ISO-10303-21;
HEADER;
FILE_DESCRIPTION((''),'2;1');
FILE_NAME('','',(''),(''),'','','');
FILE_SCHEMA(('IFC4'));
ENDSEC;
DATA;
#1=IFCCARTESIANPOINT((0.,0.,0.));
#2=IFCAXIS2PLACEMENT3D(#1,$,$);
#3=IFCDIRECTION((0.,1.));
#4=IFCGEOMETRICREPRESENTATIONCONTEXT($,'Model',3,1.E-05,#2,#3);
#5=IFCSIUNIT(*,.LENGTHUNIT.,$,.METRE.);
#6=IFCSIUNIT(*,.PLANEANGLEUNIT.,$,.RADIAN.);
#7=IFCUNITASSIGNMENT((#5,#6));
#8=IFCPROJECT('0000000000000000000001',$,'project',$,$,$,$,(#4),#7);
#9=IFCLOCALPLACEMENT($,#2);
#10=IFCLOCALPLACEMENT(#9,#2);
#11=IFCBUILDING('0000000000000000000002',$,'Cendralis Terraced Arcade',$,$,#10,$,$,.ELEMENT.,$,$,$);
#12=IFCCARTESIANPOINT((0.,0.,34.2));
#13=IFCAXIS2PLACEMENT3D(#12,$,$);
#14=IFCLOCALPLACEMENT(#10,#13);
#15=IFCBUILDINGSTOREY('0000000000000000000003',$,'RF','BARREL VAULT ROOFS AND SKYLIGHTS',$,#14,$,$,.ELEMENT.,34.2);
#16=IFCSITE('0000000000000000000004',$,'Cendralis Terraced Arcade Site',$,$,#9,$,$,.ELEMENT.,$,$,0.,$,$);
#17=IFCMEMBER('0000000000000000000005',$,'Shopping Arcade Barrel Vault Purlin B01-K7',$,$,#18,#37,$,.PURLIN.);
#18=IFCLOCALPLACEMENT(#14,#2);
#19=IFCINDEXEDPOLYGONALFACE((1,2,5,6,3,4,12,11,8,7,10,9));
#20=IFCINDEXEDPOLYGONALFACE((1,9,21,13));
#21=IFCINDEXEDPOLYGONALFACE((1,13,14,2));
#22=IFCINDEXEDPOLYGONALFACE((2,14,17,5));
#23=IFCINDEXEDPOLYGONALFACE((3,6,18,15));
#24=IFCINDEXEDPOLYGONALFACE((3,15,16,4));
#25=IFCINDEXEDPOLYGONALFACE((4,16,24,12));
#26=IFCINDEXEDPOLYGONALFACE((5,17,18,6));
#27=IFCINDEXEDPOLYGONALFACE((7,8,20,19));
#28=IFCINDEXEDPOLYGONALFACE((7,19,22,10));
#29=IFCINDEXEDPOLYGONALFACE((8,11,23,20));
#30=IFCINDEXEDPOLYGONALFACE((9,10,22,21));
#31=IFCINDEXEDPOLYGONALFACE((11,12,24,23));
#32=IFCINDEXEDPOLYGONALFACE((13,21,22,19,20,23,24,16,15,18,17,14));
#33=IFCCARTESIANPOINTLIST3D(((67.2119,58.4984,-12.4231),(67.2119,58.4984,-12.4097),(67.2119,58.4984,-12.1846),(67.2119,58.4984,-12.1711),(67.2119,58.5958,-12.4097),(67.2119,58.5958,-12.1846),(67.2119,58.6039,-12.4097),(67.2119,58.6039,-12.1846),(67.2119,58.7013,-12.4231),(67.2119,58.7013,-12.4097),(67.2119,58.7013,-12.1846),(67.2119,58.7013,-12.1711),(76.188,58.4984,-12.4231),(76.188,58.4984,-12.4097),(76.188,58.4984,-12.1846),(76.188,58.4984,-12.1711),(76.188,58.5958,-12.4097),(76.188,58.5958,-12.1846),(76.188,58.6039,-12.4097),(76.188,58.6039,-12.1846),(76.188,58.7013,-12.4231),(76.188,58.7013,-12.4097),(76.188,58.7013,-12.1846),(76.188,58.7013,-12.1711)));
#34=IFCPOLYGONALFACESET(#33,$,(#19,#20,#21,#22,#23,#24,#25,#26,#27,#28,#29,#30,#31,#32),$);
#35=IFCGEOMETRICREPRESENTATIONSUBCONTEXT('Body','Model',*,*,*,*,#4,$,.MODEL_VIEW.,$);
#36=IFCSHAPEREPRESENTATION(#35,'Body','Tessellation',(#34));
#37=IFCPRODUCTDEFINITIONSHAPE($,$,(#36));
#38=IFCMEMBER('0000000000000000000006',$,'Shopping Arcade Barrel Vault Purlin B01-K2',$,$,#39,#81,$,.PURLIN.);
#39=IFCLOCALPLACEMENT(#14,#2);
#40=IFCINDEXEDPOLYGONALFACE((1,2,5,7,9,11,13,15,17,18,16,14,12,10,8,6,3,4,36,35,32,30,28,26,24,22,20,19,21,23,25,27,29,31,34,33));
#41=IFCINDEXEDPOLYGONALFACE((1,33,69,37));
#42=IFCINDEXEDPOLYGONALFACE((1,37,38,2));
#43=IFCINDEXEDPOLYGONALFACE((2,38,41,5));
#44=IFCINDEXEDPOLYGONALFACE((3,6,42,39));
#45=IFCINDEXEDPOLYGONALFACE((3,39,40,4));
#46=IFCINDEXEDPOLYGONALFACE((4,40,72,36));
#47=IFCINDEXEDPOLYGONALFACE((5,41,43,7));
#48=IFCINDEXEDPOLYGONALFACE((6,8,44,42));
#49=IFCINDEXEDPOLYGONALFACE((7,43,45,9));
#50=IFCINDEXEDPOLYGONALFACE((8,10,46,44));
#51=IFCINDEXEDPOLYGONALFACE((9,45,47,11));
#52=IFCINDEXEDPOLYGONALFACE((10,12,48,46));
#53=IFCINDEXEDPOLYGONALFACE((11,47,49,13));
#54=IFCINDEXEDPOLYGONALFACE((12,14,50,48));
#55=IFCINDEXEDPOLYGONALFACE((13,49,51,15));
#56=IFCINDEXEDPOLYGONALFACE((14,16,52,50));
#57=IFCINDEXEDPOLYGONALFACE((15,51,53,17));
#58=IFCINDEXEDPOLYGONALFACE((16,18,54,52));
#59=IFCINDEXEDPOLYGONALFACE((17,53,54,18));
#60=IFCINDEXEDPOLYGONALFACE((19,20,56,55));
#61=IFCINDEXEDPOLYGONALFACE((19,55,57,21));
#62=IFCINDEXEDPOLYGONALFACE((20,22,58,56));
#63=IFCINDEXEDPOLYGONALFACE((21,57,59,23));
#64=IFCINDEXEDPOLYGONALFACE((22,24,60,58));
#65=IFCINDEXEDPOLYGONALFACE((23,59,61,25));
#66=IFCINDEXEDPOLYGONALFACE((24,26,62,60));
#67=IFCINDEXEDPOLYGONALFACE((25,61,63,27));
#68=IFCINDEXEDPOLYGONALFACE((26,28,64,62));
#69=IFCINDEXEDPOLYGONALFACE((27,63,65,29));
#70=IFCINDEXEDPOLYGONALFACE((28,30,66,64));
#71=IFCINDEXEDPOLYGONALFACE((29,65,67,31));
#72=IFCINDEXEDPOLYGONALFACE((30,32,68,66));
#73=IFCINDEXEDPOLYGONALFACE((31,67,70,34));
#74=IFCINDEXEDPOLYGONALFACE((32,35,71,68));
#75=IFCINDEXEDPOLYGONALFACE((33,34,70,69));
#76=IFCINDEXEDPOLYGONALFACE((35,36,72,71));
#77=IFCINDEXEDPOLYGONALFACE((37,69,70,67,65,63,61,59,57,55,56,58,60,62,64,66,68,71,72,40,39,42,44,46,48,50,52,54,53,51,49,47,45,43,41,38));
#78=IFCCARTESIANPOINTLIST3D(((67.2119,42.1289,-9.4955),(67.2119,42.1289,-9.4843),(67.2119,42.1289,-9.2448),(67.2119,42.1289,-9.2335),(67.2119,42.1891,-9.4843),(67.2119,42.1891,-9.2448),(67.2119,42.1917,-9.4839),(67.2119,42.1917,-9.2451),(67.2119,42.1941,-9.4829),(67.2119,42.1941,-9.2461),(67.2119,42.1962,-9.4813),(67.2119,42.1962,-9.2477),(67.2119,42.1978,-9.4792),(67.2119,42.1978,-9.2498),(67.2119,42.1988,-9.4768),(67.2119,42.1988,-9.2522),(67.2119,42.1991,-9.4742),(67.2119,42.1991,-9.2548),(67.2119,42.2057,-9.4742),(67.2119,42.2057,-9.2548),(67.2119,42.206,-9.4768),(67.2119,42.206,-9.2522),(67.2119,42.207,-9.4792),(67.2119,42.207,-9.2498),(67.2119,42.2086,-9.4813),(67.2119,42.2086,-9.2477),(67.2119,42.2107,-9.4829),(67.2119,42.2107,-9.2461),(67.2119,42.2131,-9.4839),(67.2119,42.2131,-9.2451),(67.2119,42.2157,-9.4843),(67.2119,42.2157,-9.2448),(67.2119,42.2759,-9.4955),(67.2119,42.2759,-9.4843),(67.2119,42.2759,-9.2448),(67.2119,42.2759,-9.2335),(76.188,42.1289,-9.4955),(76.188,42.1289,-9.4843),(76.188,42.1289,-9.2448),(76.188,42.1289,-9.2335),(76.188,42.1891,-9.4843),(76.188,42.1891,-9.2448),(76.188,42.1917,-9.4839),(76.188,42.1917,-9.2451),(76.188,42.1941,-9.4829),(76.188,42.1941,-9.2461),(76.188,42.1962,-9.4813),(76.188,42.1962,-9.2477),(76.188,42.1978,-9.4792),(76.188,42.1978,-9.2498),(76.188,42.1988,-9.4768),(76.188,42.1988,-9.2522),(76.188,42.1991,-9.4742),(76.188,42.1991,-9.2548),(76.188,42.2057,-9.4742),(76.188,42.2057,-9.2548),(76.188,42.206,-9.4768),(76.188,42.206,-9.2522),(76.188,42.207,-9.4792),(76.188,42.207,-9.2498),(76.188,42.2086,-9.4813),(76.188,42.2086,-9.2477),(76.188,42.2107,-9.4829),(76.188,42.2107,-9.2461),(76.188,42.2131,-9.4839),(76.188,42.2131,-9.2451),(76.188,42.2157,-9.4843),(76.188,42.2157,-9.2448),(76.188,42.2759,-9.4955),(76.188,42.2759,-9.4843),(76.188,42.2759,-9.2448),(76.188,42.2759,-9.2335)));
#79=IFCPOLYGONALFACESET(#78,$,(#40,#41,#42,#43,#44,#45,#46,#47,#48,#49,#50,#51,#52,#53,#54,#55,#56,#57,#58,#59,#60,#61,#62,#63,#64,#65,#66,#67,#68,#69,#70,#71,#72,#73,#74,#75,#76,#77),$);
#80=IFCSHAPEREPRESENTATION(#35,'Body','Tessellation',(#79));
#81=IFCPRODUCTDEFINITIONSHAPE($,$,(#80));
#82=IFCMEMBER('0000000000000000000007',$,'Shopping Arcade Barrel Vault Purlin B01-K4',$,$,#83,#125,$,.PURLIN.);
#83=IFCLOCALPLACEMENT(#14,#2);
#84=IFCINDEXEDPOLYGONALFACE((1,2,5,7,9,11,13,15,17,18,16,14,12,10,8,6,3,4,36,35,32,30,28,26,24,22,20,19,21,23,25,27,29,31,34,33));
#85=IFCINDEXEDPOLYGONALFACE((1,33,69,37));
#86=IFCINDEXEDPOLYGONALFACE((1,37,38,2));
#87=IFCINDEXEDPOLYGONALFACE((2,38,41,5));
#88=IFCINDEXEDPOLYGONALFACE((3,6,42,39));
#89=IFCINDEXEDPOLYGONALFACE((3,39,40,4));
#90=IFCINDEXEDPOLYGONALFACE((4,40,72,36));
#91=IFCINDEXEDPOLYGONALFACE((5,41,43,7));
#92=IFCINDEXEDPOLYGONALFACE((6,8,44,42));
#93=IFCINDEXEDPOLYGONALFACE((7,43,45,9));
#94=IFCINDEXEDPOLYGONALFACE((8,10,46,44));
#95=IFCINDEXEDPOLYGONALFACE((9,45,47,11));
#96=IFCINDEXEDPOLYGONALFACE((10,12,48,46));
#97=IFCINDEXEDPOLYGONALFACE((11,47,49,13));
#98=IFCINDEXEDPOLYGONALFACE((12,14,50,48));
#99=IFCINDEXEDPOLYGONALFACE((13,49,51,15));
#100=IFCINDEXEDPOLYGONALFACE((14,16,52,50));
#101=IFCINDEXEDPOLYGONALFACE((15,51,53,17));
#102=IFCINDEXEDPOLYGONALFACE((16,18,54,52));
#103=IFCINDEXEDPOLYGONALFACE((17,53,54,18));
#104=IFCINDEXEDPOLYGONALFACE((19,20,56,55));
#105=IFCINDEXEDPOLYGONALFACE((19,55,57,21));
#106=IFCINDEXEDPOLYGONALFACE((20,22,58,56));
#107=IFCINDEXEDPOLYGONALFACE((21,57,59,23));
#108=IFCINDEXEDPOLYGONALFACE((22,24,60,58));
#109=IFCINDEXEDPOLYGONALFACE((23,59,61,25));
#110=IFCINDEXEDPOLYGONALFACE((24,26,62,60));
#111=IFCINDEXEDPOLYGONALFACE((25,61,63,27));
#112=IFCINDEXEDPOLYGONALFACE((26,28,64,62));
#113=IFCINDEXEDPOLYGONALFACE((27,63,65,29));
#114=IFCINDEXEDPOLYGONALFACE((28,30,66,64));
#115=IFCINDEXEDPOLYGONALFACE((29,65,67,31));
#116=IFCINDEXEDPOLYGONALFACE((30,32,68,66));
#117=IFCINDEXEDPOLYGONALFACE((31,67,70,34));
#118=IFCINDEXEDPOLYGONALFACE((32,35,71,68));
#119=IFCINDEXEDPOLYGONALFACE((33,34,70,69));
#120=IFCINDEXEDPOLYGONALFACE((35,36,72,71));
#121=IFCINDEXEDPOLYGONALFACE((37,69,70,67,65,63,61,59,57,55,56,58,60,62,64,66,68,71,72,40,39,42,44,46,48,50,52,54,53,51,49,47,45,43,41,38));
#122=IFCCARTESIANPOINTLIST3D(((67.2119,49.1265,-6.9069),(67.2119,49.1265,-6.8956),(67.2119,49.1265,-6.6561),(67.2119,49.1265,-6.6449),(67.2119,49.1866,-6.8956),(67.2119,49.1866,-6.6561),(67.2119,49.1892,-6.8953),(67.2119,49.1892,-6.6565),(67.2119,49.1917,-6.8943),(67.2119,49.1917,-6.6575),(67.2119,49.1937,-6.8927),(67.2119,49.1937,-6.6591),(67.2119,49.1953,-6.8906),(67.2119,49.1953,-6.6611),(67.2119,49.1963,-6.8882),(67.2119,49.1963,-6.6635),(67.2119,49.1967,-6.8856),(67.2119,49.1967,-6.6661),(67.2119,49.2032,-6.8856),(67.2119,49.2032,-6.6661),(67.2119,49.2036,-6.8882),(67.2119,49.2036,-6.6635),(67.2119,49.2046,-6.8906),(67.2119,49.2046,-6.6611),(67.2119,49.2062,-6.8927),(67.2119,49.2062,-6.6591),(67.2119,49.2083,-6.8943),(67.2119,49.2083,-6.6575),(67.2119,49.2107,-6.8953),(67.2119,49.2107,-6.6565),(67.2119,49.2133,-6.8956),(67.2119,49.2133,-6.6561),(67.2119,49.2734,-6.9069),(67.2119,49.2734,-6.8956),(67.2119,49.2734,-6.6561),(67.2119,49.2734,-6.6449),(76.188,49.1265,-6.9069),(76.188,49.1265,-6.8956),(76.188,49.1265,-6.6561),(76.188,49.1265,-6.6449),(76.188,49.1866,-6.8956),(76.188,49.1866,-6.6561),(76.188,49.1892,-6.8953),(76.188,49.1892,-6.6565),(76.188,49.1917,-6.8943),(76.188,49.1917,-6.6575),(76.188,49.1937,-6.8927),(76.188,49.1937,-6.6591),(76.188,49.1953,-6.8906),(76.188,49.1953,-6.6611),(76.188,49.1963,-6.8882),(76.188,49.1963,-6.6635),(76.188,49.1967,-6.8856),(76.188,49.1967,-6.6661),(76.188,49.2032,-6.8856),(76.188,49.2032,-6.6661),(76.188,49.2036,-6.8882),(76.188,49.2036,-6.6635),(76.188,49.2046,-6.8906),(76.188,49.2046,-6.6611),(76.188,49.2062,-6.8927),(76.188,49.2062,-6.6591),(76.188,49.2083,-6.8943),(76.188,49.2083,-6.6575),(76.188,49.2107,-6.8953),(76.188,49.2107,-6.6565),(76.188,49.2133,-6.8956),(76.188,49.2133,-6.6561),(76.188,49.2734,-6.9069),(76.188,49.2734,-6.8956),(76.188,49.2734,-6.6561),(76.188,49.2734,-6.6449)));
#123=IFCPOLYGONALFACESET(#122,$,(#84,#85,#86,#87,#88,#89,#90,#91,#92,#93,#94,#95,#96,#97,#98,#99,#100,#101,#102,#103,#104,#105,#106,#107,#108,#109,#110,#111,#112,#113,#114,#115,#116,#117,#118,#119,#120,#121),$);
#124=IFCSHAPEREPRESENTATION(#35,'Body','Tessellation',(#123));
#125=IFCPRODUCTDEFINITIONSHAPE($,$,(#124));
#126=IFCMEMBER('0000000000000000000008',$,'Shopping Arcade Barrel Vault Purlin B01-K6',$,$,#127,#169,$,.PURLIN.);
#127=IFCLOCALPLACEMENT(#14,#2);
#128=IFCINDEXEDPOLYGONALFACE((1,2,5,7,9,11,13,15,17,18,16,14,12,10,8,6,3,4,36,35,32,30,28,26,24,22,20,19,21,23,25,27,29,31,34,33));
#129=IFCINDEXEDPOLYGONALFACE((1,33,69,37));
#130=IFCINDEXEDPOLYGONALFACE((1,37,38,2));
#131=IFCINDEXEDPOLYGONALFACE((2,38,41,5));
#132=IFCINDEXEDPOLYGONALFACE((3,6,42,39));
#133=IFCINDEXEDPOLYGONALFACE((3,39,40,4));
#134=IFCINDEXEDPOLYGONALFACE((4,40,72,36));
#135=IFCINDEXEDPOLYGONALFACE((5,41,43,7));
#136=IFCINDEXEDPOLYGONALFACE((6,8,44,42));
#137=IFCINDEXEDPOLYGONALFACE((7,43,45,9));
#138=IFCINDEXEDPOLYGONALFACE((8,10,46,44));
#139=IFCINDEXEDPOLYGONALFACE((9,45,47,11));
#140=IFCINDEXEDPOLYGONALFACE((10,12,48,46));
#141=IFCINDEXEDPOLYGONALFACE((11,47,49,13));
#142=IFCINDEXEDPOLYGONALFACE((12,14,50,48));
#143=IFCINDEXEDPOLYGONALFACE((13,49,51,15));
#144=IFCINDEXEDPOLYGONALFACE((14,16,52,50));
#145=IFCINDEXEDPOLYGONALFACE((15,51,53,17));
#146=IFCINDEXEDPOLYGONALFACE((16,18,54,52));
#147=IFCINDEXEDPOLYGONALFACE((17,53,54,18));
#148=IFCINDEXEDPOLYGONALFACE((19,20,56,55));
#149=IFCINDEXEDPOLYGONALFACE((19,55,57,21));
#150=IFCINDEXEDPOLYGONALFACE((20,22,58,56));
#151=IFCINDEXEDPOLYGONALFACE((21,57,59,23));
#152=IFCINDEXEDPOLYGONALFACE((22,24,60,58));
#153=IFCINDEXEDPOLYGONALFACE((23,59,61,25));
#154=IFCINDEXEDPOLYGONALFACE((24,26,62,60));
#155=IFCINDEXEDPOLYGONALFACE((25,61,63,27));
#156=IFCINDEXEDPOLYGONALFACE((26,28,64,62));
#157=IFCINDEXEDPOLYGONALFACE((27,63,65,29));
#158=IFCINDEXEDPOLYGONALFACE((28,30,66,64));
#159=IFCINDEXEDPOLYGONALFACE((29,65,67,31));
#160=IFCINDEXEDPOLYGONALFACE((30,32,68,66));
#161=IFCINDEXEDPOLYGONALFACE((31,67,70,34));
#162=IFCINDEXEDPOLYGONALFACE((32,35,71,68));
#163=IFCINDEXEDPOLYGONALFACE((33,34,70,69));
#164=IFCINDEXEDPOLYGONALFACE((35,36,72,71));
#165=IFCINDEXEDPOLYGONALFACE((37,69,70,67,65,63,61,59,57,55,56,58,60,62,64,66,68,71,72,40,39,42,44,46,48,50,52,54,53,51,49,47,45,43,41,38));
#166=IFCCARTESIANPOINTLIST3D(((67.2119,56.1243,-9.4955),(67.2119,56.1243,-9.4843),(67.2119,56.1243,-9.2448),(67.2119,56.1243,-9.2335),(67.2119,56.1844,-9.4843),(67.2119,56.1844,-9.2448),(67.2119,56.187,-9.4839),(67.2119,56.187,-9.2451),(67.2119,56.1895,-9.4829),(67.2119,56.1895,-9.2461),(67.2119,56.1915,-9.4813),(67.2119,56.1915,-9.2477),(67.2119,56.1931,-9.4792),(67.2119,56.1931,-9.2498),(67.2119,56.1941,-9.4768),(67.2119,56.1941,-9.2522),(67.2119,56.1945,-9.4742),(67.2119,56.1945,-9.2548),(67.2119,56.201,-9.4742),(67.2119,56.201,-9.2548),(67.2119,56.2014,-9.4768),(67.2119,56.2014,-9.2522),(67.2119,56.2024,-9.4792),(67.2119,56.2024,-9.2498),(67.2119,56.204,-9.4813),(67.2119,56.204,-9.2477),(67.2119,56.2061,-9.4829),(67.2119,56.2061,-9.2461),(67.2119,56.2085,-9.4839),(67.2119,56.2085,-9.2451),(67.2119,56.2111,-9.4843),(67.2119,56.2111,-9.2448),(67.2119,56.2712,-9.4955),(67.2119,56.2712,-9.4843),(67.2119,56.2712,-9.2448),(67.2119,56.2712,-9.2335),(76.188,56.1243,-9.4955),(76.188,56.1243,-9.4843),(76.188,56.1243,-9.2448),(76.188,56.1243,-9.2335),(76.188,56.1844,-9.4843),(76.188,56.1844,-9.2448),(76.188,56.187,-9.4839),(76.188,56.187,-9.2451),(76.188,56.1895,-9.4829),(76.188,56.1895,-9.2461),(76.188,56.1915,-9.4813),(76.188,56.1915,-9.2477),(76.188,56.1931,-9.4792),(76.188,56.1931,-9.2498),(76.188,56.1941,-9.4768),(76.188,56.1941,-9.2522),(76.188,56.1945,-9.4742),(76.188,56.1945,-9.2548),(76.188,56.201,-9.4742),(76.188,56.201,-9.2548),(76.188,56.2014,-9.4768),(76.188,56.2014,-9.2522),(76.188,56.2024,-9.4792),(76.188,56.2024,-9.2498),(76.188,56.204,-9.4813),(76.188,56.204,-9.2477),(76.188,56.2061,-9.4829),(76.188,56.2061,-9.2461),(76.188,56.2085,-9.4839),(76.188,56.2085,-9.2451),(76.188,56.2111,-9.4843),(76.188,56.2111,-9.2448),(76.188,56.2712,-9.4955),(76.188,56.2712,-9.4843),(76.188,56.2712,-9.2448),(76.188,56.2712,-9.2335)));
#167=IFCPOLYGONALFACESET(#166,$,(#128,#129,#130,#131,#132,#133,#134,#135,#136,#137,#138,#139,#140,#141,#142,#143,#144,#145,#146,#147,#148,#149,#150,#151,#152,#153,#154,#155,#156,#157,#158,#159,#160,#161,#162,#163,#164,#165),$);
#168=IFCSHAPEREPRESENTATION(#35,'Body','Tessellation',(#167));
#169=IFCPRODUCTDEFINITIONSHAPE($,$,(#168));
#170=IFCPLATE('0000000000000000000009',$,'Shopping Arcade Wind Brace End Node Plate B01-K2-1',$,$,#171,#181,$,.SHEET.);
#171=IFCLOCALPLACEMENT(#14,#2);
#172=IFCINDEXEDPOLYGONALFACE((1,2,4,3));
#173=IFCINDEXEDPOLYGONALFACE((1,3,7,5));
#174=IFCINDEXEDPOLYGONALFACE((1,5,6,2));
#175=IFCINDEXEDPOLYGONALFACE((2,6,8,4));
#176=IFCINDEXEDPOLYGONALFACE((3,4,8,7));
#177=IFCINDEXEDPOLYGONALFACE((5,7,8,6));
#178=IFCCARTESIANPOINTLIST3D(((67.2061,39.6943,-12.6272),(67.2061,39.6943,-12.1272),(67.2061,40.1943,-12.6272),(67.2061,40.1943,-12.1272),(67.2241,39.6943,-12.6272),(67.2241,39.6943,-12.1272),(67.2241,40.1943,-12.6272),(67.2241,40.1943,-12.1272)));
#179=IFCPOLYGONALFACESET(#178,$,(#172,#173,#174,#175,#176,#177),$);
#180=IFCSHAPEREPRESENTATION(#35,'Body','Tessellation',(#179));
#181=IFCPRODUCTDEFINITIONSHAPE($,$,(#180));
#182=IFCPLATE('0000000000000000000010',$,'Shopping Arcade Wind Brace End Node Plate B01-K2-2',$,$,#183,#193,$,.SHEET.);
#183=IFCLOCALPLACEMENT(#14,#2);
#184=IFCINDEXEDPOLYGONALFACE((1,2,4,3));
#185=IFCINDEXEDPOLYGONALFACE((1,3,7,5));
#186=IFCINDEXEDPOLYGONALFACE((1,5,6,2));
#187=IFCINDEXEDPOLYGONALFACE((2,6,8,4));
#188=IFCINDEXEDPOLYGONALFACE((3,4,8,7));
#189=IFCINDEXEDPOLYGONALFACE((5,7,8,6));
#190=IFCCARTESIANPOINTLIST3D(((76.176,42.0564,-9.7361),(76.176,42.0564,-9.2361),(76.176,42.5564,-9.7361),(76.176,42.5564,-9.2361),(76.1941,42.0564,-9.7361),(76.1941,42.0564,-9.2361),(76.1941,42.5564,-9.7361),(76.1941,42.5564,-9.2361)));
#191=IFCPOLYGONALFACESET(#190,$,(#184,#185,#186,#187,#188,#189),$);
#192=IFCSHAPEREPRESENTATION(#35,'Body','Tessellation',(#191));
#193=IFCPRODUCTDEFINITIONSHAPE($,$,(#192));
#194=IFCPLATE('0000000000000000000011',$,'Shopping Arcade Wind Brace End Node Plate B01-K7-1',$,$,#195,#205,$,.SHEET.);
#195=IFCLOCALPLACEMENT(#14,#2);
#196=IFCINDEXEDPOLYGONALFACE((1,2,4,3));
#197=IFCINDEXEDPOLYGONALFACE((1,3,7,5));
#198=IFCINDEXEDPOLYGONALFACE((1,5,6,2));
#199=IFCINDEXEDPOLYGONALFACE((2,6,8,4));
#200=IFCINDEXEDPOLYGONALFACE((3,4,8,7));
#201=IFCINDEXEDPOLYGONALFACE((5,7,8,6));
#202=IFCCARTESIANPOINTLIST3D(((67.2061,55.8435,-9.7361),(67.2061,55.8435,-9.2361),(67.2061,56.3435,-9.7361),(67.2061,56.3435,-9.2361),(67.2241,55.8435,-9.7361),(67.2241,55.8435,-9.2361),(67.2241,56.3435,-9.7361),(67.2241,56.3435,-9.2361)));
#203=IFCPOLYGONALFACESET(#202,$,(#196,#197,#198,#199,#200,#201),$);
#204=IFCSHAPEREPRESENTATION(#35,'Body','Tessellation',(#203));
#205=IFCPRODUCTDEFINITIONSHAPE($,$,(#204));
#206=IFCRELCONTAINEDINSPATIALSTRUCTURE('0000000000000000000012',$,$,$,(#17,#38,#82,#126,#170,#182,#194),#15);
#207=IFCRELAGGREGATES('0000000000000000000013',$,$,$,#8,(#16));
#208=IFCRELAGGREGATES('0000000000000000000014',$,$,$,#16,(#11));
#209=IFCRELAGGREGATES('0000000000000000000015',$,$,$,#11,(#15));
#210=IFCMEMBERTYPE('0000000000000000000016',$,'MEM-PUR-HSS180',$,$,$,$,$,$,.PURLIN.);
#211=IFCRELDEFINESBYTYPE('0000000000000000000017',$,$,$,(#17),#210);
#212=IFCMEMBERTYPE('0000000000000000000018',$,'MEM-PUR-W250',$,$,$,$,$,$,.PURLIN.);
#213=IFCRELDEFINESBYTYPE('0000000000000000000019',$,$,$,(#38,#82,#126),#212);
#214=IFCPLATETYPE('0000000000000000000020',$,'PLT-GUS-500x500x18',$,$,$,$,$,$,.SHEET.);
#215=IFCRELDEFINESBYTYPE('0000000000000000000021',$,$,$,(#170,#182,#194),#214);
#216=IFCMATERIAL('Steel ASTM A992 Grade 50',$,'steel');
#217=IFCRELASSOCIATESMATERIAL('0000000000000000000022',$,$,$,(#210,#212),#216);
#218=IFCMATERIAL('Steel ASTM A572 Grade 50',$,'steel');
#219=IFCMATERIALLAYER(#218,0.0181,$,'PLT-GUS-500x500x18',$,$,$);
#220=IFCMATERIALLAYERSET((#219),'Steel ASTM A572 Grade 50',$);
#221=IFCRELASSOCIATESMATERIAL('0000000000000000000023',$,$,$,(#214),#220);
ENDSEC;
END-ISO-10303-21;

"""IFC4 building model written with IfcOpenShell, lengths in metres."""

from ifc_helpers import new_model, si_unit, direction, frame, origin, origin_2d, place, context, subcontext, project, spatial, rectangle, i_section, extrude, material, layer, layer_set, material_profile, profile_set, type_object, element, save


model = new_model("IFC4")

# Units and contexts
model_context = context("Model", 3, precision=1e-05, world=origin(), true_north=direction((0.0, 1.0)))
body_context = subcontext(model_context, "Body", "Model", "MODEL_VIEW")
ifc_project = project(units=[si_unit("LENGTHUNIT", "METRE"), si_unit("PLANEANGLEUNIT", "RADIAN")], contexts=[model_context])

# Site, building, storey
site_placement = place(None, origin())
site = spatial("IfcSite", under=ifc_project, at=site_placement, Name="Cendralis Terraced Arcade Site", CompositionType="ELEMENT", RefElevation=0.0)
building_placement = place(site_placement, origin())
building = spatial("IfcBuilding", under=site, at=building_placement, Name="Cendralis Terraced Arcade", CompositionType="ELEMENT")
storey_placement = place(building_placement, frame((0.0, 0.0, 34.2)))
storey = spatial("IfcBuildingStorey", under=building, at=storey_placement, Name="RF", Description="BARREL VAULT ROOFS AND SKYLIGHTS", CompositionType="ELEMENT", Elevation=34.2)

# Members
ifc_material_1 = material(Name="Steel ASTM A992 Grade 50", Category="steel")
ifc_material_2 = material(Name="Steel ASTM A572 Grade 50", Category="steel")
ifc_material_profile_1 = material_profile(ifc_material_1, i_section(OverallWidth=0.2029, OverallDepth=0.252, WebThickness=0.0081, FlangeThickness=0.0134, at=origin_2d()), Name="W250X58", Category="LoadBearing")
ifc_profile_set_1 = profile_set([ifc_material_profile_1], Name="Steel ASTM A992 Grade 50")
member_type_1 = type_object("IfcMemberType", Name="MEM-PUR-HSS180", PredefinedType="PURLIN", material=ifc_profile_set_1)
for number, where, z_axis, x_axis, name in (
    (1, (67.2119, 58.5999, -12.2971), (1.0, 0.0, 0.0), (0.0, 1.0, 0.0), "Shopping Arcade Barrel Vault Purlin B01-K7"),
):
    element("IfcMember", number, at=place(storey_placement, frame(where, z_axis=z_axis, x_axis=x_axis)), inside=storey, type_object=member_type_1, Name=name, PredefinedType="PURLIN", context=body_context, shape_type="SweptSolid", body=[
        extrude(i_section(OverallWidth=0.2029, OverallDepth=0.252, WebThickness=0.0081, FlangeThickness=0.0134, at=origin_2d()), origin(), (0.0, 0.0, 1.0), 8.9761),
    ])
ifc_material_profile_2 = material_profile(ifc_material_1, i_section(OverallWidth=0.147, OverallDepth=0.262, WebThickness=0.0066, FlangeThickness=0.0112, FilletRadius=0.01, at=origin_2d()), Name="W250X38.5", Category="LoadBearing")
ifc_profile_set_2 = profile_set([ifc_material_profile_2], Name="Steel ASTM A992 Grade 50")
member_type_2 = type_object("IfcMemberType", Name="MEM-PUR-W250", PredefinedType="PURLIN", material=ifc_profile_set_2)
for number, where, z_axis, x_axis, name in (
    (2, (67.2119, 42.2024, -9.3645), (1.0, 0.0, 0.0), (0.0, 1.0, 0.0), "Shopping Arcade Barrel Vault Purlin B01-K2"),
    (3, (67.2119, 49.2, -6.7759), (1.0, 0.0, 0.0), (0.0, 1.0, 0.0), "Shopping Arcade Barrel Vault Purlin B01-K4"),
    (4, (67.2119, 56.1978, -9.3645), (1.0, 0.0, 0.0), (0.0, 1.0, 0.0), "Shopping Arcade Barrel Vault Purlin B01-K6"),
):
    element("IfcMember", number, at=place(storey_placement, frame(where, z_axis=z_axis, x_axis=x_axis)), inside=storey, type_object=member_type_2, Name=name, PredefinedType="PURLIN", context=body_context, shape_type="SweptSolid", body=[
        extrude(i_section(OverallWidth=0.147, OverallDepth=0.262, WebThickness=0.0066, FlangeThickness=0.0112, FilletRadius=0.01, at=origin_2d()), origin(), (0.0, 0.0, 1.0), 8.9761),
    ])

# Plates
ifc_layer_1 = layer(ifc_material_2, 0.0181, Name="PLT-GUS-500x500x18")
ifc_layer_set_1 = layer_set([ifc_layer_1], Name="Steel ASTM A572 Grade 50")
plate_type = type_object("IfcPlateType", Name="PLT-GUS-500x500x18", PredefinedType="SHEET", material=ifc_layer_set_1)
for number, where, z_axis, x_axis, name in (
    (5, (67.2151, 39.9443, -12.6272), (0.0, 0.0, 1.0), (1.0, 0.0, 0.0), "Shopping Arcade Wind Brace End Node Plate B01-K2-1"),
    (6, (76.1851, 42.3064, -9.7361), (0.0, 0.0, 1.0), (1.0, 0.0, 0.0), "Shopping Arcade Wind Brace End Node Plate B01-K2-2"),
    (7, (67.2151, 56.0935, -9.7361), (0.0, 0.0, 1.0), (1.0, 0.0, 0.0), "Shopping Arcade Wind Brace End Node Plate B01-K7-1"),
):
    element("IfcPlate", number, at=place(storey_placement, frame(where, z_axis=z_axis, x_axis=x_axis)), inside=storey, type_object=plate_type, Name=name, PredefinedType="SHEET", context=body_context, shape_type="SweptSolid", body=[
        extrude(rectangle(XDim=0.0181, YDim=0.5, at=origin_2d()), origin(), (0.0, 0.0, 1.0), 0.5),
    ])

save(model, "model.ifc")
